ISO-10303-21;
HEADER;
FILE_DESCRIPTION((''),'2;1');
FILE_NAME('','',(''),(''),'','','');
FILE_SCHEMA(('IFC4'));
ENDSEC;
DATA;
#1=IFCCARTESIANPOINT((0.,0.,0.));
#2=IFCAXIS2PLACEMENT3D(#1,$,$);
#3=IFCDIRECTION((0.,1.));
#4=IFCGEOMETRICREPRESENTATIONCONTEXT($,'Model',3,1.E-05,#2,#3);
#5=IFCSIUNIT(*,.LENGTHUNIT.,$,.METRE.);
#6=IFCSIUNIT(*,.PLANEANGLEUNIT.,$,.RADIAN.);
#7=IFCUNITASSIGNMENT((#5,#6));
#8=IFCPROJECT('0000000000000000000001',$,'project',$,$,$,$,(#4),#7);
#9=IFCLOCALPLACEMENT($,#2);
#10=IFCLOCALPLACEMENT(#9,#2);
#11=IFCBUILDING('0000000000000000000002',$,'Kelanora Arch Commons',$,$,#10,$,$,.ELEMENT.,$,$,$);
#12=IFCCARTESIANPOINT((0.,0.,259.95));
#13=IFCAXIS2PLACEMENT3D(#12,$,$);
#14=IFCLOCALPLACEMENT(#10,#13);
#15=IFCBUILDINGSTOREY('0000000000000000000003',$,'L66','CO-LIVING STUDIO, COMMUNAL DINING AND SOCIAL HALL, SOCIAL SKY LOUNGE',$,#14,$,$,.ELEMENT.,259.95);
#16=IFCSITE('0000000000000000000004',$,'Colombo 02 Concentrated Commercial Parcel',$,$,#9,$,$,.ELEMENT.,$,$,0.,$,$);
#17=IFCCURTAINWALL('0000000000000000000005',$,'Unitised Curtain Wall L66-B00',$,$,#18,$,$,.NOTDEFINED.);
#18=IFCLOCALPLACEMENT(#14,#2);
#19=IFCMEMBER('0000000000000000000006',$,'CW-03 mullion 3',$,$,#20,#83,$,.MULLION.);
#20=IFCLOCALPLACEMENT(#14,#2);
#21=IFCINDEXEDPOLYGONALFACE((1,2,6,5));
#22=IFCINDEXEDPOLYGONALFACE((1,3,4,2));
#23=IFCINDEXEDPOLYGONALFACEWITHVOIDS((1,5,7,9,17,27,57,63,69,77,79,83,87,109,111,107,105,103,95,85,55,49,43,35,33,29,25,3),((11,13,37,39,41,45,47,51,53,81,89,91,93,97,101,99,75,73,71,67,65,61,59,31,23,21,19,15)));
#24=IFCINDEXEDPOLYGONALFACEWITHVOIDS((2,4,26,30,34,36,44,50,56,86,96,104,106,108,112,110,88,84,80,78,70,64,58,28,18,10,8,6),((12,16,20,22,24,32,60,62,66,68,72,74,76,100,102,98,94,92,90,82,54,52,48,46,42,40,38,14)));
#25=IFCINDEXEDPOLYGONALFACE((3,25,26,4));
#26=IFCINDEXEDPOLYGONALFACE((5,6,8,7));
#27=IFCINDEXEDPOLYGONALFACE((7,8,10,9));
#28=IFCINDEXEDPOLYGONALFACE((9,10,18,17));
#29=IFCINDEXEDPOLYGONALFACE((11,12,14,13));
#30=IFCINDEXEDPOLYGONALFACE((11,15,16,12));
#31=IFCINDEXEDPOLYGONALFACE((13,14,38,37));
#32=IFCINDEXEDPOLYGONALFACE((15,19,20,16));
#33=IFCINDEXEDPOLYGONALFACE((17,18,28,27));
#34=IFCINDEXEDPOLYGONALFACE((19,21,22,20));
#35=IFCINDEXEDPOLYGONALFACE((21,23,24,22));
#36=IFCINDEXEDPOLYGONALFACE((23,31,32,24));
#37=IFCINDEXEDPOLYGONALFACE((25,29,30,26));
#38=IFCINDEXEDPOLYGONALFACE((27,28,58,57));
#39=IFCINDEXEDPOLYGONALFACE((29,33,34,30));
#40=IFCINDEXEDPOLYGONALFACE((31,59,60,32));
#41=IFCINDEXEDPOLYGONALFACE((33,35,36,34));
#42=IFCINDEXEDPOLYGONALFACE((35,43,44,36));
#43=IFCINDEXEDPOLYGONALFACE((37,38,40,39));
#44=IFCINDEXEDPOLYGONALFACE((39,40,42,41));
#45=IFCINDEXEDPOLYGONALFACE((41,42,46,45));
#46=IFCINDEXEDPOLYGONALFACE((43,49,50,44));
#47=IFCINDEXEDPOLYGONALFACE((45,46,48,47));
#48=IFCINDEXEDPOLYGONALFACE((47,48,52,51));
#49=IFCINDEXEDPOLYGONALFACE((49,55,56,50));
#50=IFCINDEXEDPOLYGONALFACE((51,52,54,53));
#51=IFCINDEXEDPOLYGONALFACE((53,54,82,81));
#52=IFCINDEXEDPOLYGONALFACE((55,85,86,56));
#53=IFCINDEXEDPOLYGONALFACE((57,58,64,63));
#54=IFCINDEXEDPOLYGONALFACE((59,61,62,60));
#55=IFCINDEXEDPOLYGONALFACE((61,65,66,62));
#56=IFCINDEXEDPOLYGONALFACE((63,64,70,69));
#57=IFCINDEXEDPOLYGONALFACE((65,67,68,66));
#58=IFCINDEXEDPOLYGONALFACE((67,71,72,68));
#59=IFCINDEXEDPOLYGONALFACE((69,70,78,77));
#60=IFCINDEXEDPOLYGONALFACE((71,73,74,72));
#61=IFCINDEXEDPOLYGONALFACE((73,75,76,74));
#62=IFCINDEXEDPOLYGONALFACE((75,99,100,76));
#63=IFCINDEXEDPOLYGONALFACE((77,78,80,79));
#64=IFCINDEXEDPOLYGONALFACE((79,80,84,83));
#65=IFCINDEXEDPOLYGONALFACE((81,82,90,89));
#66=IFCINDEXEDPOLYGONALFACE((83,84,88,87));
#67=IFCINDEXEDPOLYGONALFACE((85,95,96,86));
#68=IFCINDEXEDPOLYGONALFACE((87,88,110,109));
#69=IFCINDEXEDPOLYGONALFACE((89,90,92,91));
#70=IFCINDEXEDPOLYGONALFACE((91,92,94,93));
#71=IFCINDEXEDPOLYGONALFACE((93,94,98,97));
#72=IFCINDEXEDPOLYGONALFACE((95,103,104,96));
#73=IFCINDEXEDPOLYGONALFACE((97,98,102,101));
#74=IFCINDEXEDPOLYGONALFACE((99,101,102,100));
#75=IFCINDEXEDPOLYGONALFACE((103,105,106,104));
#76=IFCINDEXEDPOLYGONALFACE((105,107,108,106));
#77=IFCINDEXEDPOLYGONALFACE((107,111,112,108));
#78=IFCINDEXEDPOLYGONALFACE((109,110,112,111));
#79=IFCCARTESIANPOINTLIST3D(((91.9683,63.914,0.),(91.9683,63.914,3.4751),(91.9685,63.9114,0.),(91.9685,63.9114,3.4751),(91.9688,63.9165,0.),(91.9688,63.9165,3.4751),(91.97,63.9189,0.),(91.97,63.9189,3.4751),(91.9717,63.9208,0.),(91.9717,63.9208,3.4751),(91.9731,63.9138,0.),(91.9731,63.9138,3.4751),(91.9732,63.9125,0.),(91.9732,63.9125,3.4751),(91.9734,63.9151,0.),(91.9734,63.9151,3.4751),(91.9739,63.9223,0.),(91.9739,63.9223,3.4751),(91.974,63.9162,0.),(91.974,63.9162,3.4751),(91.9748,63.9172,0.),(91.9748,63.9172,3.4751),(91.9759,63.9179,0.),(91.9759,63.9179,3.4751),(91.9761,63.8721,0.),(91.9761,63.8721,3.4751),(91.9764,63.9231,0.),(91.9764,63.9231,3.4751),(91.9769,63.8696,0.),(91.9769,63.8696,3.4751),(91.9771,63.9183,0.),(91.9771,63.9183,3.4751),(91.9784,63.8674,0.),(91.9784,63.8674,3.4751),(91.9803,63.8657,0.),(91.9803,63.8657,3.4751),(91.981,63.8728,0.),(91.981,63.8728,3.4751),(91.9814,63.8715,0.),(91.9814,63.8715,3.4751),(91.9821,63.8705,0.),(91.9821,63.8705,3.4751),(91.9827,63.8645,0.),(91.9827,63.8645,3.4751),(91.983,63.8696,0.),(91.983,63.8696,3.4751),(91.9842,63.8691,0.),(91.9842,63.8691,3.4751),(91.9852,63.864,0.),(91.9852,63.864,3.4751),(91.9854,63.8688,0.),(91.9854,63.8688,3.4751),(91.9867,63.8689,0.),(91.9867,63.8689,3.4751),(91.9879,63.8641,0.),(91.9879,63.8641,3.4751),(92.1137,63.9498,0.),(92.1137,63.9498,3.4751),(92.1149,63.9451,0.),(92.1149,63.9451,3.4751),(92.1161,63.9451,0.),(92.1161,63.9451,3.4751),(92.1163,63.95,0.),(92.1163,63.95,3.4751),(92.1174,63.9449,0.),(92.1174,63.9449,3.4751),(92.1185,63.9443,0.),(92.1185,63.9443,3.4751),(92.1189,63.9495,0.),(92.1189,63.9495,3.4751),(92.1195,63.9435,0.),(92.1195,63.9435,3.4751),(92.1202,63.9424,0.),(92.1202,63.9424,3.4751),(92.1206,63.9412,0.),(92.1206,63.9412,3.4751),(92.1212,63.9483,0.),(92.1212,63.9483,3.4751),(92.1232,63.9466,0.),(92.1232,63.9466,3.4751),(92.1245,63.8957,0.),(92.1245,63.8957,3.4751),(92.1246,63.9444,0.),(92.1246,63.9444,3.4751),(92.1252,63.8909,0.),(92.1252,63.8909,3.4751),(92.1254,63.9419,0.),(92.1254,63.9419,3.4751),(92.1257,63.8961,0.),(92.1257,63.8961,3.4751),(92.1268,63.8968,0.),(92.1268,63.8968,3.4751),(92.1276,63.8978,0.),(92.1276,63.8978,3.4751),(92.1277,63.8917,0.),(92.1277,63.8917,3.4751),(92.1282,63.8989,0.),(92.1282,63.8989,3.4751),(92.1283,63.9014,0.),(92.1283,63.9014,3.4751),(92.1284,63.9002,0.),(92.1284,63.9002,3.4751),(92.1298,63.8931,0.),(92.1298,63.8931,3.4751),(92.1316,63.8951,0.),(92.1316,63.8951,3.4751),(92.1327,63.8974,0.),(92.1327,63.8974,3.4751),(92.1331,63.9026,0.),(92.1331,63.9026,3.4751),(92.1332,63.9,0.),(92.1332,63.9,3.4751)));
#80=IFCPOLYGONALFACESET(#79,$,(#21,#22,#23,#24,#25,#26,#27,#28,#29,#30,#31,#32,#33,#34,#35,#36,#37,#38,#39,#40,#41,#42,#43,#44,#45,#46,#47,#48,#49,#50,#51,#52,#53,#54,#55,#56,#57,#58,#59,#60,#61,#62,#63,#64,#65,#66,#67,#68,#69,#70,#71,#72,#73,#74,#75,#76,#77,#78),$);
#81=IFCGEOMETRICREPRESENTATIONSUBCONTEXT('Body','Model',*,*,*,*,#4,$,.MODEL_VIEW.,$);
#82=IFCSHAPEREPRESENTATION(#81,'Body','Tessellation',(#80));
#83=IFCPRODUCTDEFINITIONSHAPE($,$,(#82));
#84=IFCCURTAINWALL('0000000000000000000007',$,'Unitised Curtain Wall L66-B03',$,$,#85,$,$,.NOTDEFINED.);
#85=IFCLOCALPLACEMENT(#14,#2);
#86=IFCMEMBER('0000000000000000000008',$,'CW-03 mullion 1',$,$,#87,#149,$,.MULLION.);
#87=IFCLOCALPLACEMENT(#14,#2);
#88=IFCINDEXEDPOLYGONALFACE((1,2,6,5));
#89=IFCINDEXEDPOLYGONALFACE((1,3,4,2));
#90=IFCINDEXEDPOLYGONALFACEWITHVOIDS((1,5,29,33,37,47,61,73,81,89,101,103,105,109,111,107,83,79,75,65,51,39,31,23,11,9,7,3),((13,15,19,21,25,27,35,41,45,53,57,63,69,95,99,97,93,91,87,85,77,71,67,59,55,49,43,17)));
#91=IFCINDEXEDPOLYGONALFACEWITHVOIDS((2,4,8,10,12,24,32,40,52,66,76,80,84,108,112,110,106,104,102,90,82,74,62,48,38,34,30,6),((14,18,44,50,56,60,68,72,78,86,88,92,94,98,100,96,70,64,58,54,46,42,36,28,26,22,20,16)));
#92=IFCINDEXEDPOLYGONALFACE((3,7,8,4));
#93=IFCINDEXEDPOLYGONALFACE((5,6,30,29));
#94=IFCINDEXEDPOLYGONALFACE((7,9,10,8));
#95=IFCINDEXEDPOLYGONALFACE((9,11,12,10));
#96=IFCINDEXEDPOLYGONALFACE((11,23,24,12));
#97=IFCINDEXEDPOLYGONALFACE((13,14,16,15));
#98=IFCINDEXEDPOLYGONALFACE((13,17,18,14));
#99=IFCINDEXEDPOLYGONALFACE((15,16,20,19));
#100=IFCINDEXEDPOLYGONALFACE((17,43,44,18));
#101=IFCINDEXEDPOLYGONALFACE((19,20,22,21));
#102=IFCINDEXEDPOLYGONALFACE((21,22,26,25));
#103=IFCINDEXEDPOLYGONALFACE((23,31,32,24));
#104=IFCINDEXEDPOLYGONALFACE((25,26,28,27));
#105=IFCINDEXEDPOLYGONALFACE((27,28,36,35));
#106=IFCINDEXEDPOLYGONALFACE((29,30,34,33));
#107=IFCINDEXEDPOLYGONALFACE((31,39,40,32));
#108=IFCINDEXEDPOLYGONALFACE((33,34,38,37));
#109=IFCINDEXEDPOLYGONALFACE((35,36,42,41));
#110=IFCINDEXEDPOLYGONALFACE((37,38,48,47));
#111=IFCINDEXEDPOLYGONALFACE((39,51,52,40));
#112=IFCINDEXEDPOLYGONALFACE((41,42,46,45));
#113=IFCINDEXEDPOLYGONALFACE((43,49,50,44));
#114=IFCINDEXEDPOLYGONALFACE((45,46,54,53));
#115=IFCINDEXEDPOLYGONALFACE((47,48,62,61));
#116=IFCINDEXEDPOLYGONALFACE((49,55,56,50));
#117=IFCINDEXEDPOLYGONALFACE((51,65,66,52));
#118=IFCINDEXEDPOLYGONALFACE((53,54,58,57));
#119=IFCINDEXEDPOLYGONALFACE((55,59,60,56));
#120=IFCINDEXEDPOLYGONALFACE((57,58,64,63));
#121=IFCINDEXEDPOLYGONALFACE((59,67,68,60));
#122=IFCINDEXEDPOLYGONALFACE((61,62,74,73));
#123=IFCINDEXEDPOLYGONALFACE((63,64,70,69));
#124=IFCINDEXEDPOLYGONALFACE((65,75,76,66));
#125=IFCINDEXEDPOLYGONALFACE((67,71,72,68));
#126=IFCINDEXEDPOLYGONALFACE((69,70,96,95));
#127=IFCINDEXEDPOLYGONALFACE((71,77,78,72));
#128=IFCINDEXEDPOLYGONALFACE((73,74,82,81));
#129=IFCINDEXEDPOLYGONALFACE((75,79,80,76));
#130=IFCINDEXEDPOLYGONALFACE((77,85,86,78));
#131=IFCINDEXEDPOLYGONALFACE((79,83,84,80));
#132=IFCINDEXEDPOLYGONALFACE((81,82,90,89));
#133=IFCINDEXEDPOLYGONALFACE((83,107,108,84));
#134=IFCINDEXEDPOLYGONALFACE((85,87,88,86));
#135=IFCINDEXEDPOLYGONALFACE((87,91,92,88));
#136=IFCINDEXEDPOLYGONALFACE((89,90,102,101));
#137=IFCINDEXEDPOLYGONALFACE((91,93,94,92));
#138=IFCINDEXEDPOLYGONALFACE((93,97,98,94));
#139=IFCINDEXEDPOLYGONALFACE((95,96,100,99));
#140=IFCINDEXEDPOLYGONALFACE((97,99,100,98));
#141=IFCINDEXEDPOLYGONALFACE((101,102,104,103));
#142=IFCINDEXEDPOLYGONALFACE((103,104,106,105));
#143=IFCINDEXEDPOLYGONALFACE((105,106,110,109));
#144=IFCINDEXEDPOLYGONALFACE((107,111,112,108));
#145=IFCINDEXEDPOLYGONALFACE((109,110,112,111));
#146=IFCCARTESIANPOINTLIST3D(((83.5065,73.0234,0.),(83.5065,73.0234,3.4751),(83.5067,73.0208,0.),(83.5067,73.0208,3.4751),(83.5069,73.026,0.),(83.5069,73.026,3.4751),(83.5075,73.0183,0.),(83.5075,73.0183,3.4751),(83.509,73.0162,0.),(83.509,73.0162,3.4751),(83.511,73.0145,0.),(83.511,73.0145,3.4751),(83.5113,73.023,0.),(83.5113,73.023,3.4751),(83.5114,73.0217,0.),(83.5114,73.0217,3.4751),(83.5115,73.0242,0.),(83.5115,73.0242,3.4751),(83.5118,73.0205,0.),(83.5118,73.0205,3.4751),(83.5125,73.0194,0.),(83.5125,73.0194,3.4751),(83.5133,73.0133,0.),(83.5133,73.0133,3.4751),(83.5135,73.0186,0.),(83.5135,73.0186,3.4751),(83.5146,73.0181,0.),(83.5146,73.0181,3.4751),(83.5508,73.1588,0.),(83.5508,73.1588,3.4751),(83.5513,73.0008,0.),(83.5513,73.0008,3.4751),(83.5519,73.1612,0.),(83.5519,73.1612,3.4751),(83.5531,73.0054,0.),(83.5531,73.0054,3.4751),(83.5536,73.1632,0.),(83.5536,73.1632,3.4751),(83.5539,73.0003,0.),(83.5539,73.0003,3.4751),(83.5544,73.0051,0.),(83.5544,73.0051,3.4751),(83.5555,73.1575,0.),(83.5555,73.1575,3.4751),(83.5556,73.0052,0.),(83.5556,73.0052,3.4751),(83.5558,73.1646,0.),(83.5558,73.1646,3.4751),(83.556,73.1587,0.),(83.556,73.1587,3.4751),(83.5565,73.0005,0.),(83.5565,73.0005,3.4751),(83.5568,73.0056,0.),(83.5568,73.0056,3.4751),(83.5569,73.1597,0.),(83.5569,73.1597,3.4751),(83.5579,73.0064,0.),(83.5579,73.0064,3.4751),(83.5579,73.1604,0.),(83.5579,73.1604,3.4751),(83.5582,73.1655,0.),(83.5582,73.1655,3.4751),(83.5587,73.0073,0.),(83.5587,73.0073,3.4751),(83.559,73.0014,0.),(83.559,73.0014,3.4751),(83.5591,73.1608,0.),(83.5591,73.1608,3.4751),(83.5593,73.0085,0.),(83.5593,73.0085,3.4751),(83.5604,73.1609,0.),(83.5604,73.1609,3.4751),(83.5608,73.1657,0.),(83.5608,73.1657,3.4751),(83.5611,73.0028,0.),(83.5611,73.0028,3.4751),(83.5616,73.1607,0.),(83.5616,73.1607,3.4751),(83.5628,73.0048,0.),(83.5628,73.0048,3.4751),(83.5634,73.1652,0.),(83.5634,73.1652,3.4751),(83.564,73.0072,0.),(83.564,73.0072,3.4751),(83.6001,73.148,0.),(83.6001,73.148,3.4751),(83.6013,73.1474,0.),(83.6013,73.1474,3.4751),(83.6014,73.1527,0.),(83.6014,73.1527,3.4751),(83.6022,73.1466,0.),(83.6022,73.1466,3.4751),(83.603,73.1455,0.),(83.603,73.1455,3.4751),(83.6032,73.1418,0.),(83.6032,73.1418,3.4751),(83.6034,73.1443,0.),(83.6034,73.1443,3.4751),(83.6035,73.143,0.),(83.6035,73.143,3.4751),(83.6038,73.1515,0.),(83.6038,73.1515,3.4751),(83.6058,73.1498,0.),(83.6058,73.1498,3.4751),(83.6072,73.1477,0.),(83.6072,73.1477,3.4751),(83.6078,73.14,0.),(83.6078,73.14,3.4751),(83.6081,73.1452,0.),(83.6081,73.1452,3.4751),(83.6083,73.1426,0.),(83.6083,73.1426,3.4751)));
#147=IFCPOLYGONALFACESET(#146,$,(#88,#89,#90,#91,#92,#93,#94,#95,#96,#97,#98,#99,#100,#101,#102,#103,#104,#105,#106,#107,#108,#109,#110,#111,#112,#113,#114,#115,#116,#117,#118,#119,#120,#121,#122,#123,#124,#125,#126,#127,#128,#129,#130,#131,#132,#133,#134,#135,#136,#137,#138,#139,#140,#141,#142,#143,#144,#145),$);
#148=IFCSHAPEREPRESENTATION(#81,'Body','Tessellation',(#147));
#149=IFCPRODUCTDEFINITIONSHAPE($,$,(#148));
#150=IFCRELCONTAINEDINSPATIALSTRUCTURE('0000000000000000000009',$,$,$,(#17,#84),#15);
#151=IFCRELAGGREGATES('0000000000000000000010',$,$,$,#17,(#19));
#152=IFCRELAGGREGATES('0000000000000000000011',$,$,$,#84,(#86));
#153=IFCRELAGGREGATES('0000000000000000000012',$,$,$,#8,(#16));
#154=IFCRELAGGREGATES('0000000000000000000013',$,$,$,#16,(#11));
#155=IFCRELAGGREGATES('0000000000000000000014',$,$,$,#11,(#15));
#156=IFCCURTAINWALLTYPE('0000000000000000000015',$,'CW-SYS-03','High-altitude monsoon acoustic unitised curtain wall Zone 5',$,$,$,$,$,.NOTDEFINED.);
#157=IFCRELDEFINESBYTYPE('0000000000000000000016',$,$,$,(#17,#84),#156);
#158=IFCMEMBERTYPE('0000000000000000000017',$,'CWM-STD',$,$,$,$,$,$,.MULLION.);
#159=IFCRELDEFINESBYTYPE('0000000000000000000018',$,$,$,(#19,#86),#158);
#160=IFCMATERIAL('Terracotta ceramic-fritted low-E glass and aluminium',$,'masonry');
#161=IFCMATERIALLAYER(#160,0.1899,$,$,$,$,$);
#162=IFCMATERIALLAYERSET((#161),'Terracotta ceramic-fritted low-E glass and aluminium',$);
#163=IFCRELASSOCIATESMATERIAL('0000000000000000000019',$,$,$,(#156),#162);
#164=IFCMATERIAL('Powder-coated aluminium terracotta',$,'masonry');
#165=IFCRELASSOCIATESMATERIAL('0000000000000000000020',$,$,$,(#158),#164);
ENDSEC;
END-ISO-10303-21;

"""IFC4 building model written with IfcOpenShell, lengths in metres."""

from ifc_helpers import new_model, si_unit, direction, frame, origin, origin_2d, place, context, subcontext, project, spatial, hollow_rectangle, extrude, material, layer, layer_set, material_profile, profile_set, type_object, element, aggregate, save


model = new_model("IFC4")

# Units and contexts
model_context = context("Model", 3, precision=1e-05, world=origin(), true_north=direction((0.0, 1.0)))
body_context = subcontext(model_context, "Body", "Model", "MODEL_VIEW")
ifc_project = project(units=[si_unit("LENGTHUNIT", "METRE"), si_unit("PLANEANGLEUNIT", "RADIAN")], contexts=[model_context])

# Site, building, storey
site_placement = place(None, origin())
site = spatial("IfcSite", under=ifc_project, at=site_placement, Name="Colombo 02 Concentrated Commercial Parcel", CompositionType="ELEMENT", RefElevation=0.0)
building_placement = place(site_placement, origin())
building = spatial("IfcBuilding", under=site, at=building_placement, Name="Kelanora Arch Commons", CompositionType="ELEMENT")
storey_placement = place(building_placement, frame((0.0, 0.0, 259.95)))
storey = spatial("IfcBuildingStorey", under=building, at=storey_placement, Name="L66", Description="CO-LIVING STUDIO, COMMUNAL DINING AND SOCIAL HALL, SOCIAL SKY LOUNGE", CompositionType="ELEMENT", Elevation=259.95)

# Curtain wall, member
ifc_material_1 = material(Name="Terracotta ceramic-fritted low-E glass and aluminium", Category="masonry")
ifc_layer_1 = layer(ifc_material_1, 0.1899)
ifc_layer_set_1 = layer_set([ifc_layer_1], Name="Terracotta ceramic-fritted low-E glass and aluminium")
curtain_wall_type = type_object("IfcCurtainWallType", Name="CW-SYS-03", Description="High-altitude monsoon acoustic unitised curtain wall Zone 5", PredefinedType="NOTDEFINED", material=ifc_layer_set_1)
curtain_wall_1_placement = place(storey_placement, origin())
curtain_wall_1 = element("IfcCurtainWall", 1, at=curtain_wall_1_placement, inside=storey, type_object=curtain_wall_type, Name="Unitised Curtain Wall L66-B00", PredefinedType="NOTDEFINED")
ifc_material_2 = material(Name="Powder-coated aluminium terracotta", Category="masonry")
ifc_material_profile_1 = material_profile(ifc_material_2, hollow_rectangle(XDim=0.1599, YDim=0.0601, WallThickness=0.0049, InnerFilletRadius=0.0049, OuterFilletRadius=0.01, at=origin_2d()), Name="CWM160x60")
ifc_profile_set_1 = profile_set([ifc_material_profile_1], Name="Powder-coated aluminium terracotta")
member_type_1 = type_object("IfcMemberType", Name="CWM-STD", PredefinedType="MULLION", material=ifc_profile_set_1)
member_1_placement = place(storey_placement, frame((92.0508, 63.907, 0.0), z_axis=(0.0, 0.0, 1.0), x_axis=(-0.981596, -0.190972, 0.0)))
member_1 = element("IfcMember", 2, at=member_1_placement, type_object=member_type_1, Name="CW-03 mullion 3", PredefinedType="MULLION", context=body_context, shape_type="SweptSolid", body=[
    extrude(hollow_rectangle(XDim=0.1599, YDim=0.0601, WallThickness=0.0049, InnerFilletRadius=0.0049, OuterFilletRadius=0.01, at=origin_2d()), origin(), (0.0, 0.0, 1.0), 3.4751),
])
aggregate(curtain_wall_1, [member_1])

# Curtain wall, member
curtain_wall_2_placement = place(storey_placement, origin())
curtain_wall_2 = element("IfcCurtainWall", 3, at=curtain_wall_2_placement, inside=storey, type_object=curtain_wall_type, Name="Unitised Curtain Wall L66-B03", PredefinedType="NOTDEFINED")
member_2_placement = place(storey_placement, frame((83.5574, 73.083, 0.0), z_axis=(0.0, 0.0, 1.0), x_axis=(-0.313253, -0.94967, 0.0)))
member_2 = element("IfcMember", 4, at=member_2_placement, type_object=member_type_1, Name="CW-03 mullion 1", PredefinedType="MULLION", context=body_context, shape_type="SweptSolid", body=[
    extrude(hollow_rectangle(XDim=0.1599, YDim=0.0601, WallThickness=0.0049, InnerFilletRadius=0.0049, OuterFilletRadius=0.01, at=origin_2d()), origin(), (0.0, 0.0, 1.0), 3.4751),
])
aggregate(curtain_wall_2, [member_2])

save(model, "model.ifc")
